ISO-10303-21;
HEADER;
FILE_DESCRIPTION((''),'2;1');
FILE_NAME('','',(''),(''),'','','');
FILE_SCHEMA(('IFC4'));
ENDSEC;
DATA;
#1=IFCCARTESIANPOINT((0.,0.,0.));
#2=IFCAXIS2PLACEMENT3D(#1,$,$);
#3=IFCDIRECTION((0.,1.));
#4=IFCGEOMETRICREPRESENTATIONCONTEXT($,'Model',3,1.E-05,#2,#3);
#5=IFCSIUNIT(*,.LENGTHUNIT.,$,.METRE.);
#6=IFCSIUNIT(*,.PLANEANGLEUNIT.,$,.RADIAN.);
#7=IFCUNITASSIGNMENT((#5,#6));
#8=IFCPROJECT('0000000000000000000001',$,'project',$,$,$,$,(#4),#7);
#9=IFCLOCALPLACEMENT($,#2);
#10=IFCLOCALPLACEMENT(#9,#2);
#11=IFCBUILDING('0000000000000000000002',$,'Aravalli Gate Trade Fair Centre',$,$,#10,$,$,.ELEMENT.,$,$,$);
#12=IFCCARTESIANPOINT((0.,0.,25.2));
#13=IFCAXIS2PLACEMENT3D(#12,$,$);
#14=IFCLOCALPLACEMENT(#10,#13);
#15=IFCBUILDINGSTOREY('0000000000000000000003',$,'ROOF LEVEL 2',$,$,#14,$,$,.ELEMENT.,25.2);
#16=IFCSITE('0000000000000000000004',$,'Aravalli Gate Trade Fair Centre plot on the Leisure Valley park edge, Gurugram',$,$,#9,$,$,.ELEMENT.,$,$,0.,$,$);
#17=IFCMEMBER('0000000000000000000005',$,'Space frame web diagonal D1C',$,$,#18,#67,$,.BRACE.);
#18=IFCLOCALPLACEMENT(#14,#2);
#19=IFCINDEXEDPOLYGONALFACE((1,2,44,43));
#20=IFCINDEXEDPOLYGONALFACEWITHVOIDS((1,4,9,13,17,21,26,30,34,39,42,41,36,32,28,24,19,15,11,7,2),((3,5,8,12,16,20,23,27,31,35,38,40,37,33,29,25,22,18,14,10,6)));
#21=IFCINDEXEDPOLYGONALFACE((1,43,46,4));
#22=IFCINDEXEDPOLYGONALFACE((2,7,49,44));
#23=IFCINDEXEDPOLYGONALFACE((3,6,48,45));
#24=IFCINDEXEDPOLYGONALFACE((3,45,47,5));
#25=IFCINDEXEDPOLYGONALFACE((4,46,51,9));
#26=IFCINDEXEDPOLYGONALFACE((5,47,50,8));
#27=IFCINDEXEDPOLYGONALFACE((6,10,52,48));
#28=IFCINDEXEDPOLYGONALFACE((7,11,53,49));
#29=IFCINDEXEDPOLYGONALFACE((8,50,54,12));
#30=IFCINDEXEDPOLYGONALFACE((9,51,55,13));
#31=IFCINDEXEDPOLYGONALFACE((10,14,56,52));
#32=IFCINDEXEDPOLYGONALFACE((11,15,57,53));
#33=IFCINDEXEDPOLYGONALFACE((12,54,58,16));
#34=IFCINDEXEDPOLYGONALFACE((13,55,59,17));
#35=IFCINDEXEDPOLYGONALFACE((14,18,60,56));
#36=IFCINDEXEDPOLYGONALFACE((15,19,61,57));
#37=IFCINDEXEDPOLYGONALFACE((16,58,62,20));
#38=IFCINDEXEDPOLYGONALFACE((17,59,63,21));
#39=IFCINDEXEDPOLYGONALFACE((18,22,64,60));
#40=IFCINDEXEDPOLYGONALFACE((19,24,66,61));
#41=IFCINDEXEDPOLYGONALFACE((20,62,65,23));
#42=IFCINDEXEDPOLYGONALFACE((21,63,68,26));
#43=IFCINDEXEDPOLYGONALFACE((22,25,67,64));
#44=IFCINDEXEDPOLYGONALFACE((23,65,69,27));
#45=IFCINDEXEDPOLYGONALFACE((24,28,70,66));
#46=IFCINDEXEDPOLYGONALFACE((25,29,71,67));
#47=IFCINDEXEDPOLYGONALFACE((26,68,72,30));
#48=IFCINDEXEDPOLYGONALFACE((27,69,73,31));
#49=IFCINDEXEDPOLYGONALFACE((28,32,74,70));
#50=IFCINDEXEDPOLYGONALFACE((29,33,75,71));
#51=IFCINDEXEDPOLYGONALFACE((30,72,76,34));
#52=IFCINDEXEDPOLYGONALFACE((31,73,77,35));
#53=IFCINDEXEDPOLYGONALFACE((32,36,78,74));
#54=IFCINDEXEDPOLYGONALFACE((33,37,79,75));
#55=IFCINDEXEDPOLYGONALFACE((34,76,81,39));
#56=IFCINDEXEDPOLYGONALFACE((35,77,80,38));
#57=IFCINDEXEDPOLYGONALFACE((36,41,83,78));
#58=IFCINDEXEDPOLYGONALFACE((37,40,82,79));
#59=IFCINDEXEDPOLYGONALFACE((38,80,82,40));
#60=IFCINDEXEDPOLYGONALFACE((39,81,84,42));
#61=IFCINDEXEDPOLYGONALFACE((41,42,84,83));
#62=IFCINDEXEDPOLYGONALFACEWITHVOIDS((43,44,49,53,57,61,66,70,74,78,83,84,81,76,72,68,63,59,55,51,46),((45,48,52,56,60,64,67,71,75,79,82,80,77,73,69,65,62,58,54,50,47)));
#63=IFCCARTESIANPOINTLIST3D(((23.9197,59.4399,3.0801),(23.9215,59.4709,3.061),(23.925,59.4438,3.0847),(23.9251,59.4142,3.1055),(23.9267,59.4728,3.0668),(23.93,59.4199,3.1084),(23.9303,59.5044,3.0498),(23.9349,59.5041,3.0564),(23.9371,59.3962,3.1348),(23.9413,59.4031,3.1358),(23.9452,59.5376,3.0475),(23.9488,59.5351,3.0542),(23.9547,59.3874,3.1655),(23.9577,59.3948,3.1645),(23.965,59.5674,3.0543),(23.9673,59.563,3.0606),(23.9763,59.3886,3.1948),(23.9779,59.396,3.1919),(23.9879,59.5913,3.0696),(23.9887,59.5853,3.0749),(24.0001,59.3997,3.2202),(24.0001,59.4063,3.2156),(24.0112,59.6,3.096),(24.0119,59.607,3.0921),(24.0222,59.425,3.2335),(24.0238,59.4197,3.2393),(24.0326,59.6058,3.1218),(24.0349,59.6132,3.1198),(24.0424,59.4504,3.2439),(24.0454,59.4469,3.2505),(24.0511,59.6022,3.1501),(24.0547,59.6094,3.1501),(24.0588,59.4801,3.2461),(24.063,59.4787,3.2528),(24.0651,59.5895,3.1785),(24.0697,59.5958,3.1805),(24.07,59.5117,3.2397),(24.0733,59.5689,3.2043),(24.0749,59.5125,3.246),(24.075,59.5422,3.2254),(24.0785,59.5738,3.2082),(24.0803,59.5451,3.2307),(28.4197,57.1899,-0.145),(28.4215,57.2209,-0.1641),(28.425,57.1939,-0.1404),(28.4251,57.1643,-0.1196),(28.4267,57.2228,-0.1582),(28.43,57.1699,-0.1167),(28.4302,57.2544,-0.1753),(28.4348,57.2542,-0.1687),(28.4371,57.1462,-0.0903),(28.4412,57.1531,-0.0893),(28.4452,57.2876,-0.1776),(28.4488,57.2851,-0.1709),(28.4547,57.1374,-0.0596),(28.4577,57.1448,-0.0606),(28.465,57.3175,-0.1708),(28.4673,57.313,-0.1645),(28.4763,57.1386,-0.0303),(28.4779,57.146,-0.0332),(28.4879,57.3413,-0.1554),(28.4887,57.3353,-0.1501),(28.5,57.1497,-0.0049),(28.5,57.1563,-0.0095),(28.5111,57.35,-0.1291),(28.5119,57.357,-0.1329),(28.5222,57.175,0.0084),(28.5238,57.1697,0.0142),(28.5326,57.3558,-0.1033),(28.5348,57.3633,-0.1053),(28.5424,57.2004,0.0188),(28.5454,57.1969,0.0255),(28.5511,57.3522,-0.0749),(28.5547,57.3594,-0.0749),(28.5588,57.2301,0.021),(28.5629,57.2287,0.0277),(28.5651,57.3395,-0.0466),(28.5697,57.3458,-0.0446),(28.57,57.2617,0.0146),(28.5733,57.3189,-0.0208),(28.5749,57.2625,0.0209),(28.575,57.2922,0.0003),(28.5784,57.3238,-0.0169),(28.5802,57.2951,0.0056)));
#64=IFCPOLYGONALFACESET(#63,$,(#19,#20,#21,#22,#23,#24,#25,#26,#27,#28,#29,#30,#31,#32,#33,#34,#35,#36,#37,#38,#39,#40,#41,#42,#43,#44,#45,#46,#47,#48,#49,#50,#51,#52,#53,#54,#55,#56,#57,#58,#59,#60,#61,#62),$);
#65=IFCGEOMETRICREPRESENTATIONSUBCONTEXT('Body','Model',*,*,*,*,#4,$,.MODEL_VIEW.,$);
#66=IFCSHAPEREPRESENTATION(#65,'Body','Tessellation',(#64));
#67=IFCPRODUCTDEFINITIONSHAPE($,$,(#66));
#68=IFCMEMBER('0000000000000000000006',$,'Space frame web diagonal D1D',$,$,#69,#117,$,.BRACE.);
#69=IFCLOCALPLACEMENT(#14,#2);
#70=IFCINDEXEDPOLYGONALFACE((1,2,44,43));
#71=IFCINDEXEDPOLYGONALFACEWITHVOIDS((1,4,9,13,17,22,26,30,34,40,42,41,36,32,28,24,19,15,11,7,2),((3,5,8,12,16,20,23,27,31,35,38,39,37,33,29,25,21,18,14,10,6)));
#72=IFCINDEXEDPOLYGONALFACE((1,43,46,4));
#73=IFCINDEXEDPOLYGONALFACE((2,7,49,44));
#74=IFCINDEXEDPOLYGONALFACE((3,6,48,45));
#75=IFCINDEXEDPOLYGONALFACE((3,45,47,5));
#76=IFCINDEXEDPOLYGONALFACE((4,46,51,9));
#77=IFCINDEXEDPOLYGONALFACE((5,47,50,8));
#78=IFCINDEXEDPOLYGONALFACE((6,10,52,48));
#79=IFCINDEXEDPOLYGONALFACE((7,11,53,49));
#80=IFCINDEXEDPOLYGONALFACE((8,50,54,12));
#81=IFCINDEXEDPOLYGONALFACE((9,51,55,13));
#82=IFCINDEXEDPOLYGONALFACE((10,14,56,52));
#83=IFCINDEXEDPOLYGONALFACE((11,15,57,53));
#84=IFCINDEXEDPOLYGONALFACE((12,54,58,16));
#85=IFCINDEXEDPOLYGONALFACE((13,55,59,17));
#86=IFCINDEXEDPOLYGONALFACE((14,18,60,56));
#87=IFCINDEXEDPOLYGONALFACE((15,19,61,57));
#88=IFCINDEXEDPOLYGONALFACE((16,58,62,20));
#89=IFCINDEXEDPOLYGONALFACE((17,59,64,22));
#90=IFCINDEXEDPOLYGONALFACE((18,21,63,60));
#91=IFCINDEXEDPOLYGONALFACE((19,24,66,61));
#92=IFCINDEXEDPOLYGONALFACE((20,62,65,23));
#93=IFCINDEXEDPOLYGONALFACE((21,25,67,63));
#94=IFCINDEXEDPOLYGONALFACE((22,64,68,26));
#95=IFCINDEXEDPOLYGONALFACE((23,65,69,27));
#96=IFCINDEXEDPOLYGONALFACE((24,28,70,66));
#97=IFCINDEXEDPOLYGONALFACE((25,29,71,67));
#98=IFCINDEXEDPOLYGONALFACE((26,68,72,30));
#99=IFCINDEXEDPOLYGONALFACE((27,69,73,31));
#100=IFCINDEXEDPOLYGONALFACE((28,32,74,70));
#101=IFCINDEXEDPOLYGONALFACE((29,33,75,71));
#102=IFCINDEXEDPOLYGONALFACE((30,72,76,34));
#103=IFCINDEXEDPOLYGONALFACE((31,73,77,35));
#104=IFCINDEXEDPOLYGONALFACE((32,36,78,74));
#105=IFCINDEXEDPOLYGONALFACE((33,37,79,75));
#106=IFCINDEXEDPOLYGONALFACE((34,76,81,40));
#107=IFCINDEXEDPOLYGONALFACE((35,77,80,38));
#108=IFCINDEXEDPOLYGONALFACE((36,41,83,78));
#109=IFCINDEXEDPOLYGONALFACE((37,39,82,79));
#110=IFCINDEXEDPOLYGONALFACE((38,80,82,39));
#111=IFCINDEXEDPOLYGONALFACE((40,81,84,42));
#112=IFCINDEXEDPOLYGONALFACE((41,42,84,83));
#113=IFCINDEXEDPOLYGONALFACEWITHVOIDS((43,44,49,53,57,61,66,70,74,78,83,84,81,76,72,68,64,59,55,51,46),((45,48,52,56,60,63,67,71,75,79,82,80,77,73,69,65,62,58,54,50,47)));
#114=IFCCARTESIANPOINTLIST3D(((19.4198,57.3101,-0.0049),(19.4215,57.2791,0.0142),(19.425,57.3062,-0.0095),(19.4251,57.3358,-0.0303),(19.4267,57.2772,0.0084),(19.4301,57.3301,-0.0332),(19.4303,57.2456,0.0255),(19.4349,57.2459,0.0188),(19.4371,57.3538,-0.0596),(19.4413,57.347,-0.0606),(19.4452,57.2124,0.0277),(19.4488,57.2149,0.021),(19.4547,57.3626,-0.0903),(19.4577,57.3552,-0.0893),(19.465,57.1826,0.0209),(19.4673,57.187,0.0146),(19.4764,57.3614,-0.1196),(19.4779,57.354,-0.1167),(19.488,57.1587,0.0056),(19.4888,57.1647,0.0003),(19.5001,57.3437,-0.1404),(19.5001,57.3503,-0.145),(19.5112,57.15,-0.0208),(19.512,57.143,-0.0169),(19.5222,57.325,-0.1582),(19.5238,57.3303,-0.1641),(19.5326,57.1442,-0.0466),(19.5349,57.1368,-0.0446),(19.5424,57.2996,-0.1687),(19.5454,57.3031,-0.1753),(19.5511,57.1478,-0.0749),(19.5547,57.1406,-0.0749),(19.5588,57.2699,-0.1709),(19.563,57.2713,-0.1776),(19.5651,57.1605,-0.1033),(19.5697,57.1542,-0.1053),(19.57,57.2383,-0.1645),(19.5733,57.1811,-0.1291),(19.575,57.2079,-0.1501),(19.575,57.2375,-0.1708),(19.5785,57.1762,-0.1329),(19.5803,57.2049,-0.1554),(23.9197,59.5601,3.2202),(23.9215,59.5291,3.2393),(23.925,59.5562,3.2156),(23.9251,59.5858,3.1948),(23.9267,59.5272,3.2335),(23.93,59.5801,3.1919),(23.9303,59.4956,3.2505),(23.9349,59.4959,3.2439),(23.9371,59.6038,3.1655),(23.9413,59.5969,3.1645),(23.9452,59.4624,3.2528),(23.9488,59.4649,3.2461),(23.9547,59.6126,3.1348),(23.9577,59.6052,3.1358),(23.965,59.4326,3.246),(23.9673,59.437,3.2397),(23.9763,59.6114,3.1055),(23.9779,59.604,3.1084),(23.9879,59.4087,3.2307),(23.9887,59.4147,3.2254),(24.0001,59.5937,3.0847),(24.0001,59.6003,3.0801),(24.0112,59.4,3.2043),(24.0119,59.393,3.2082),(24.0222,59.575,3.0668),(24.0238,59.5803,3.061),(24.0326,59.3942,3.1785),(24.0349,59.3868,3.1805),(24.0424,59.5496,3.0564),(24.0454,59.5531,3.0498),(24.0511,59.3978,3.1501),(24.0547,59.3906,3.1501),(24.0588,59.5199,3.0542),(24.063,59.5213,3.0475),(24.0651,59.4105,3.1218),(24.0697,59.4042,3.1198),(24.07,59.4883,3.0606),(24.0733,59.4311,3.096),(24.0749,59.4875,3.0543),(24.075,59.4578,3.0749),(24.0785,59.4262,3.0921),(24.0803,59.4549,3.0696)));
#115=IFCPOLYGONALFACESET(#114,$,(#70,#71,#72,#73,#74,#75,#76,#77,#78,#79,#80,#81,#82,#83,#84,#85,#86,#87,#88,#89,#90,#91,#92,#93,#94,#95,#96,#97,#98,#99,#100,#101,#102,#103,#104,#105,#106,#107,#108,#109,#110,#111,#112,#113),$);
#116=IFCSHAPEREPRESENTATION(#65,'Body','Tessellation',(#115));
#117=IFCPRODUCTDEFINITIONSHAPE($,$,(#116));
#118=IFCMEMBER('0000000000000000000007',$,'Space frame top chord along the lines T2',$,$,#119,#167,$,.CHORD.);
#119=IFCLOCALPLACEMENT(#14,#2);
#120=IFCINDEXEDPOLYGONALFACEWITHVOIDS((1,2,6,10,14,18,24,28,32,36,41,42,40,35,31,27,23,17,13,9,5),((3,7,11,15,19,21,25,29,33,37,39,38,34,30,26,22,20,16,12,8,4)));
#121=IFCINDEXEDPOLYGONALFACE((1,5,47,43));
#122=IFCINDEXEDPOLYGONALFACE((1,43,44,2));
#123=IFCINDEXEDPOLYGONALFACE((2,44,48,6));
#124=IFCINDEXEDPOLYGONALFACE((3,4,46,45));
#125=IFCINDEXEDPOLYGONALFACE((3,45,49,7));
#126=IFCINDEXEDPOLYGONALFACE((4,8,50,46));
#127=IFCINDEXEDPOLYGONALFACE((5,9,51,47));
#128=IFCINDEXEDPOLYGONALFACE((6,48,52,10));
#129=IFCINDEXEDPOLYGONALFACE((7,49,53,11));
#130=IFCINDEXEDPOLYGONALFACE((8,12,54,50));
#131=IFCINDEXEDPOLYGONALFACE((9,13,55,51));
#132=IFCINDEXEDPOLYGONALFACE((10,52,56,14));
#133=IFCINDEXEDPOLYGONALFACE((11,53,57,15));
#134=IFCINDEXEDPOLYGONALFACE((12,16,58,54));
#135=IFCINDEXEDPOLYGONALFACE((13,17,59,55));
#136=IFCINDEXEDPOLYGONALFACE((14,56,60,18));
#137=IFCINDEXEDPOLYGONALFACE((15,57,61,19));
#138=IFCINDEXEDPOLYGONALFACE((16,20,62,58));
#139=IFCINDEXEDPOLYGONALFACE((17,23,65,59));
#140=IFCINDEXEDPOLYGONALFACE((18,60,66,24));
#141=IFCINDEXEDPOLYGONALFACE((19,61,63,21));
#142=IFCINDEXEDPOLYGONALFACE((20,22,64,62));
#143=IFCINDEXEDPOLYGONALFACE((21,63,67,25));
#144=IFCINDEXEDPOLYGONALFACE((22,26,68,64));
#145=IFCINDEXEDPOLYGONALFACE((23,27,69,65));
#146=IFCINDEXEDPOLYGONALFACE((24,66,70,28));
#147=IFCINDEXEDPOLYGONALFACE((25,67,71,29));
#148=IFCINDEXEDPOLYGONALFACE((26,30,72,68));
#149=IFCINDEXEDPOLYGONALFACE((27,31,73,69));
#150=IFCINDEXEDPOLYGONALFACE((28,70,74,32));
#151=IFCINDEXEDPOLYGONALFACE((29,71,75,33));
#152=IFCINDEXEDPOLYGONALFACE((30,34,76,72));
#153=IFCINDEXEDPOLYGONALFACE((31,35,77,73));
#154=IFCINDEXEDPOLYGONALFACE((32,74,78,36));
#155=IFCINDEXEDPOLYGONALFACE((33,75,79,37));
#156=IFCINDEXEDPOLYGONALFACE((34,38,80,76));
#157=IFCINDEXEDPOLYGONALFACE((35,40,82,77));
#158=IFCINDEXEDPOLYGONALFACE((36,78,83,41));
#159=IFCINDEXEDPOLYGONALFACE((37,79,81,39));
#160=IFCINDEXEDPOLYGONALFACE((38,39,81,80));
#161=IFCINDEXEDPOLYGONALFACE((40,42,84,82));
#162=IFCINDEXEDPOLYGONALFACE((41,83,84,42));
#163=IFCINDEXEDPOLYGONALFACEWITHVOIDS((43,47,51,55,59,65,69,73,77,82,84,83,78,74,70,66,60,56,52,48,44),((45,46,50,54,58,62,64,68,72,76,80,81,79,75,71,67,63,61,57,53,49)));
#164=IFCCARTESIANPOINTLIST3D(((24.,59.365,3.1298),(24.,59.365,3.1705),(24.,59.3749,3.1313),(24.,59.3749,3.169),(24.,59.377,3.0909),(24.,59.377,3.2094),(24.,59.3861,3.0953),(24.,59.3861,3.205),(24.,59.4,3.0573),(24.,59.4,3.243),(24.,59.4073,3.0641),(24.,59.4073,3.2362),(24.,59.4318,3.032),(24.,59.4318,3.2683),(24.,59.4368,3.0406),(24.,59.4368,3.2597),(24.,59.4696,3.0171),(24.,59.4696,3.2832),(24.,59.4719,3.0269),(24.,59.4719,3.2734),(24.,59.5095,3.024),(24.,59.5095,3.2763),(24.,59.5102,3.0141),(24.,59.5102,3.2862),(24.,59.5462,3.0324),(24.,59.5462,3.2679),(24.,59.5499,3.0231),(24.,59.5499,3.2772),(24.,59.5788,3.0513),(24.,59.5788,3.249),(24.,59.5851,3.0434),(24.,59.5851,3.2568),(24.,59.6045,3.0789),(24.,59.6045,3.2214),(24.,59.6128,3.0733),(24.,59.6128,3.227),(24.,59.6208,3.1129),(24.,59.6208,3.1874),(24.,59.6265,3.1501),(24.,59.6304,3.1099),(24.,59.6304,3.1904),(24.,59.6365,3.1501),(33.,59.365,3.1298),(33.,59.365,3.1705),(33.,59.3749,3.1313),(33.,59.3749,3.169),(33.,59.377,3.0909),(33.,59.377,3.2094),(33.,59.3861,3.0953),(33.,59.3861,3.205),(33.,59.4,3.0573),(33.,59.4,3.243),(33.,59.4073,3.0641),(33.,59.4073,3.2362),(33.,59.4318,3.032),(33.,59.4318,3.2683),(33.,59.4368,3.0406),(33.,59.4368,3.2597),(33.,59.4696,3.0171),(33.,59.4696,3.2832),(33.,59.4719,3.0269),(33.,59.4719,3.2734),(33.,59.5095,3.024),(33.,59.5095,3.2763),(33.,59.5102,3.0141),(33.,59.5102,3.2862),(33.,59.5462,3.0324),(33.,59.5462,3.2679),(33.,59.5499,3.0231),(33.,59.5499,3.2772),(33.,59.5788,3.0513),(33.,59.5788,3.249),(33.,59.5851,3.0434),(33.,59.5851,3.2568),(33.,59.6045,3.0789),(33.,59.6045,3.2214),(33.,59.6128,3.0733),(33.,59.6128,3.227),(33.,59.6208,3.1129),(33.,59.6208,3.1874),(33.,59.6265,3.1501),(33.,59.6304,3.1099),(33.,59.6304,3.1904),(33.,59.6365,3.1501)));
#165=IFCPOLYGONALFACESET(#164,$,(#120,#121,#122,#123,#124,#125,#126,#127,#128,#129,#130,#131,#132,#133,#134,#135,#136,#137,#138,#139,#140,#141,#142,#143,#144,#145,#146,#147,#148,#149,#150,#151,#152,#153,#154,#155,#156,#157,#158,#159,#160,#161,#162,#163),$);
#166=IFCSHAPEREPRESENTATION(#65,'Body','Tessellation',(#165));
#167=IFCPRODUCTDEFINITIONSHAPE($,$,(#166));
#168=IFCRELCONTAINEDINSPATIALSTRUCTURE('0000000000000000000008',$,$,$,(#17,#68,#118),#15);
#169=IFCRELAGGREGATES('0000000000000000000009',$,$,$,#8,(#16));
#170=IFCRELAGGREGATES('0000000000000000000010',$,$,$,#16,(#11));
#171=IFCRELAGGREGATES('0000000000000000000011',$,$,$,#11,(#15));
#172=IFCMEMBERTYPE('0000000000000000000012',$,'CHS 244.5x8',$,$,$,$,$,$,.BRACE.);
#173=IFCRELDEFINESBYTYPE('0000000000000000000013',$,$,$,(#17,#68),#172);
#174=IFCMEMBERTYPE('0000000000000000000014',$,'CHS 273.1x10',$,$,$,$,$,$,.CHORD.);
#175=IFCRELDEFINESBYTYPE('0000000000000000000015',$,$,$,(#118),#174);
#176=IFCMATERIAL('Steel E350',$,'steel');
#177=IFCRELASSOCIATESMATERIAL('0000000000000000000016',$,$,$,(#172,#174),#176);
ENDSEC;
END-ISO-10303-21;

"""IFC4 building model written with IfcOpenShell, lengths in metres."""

from ifc_helpers import new_model, si_unit, direction, frame, origin, origin_2d, place, context, subcontext, project, spatial, hollow_circle, extrude, material, material_profile, profile_set, type_object, element, save


model = new_model("IFC4")

# Units and contexts
model_context = context("Model", 3, precision=1e-05, world=origin(), true_north=direction((0.0, 1.0)))
body_context = subcontext(model_context, "Body", "Model", "MODEL_VIEW")
ifc_project = project(units=[si_unit("LENGTHUNIT", "METRE"), si_unit("PLANEANGLEUNIT", "RADIAN")], contexts=[model_context])

# Site, building, storey
site_placement = place(None, origin())
site = spatial("IfcSite", under=ifc_project, at=site_placement, Name="Aravalli Gate Trade Fair Centre plot on the Leisure Valley park edge, Gurugram", CompositionType="ELEMENT", RefElevation=0.0)
building_placement = place(site_placement, origin())
building = spatial("IfcBuilding", under=site, at=building_placement, Name="Aravalli Gate Trade Fair Centre", CompositionType="ELEMENT")
storey_placement = place(building_placement, frame((0.0, 0.0, 25.2)))
storey = spatial("IfcBuildingStorey", under=building, at=storey_placement, Name="ROOF LEVEL 2", CompositionType="ELEMENT", Elevation=25.2)

# Members
ifc_material_1 = material(Name="Steel E350", Category="steel")
ifc_material_profile_1 = material_profile(ifc_material_1, hollow_circle(Radius=0.1223, WallThickness=0.0081, at=origin_2d()), Name="CHS 244.5x8")
ifc_profile_set_1 = profile_set([ifc_material_profile_1], Name="Steel E350")
member_type_1 = type_object("IfcMemberType", Name="CHS 244.5x8", PredefinedType="BRACE", material=ifc_profile_set_1)
for number, where, z_axis, x_axis, name in (
    (1, (24.0, 59.5, 3.1501), (0.753, -0.3765, -0.539666), (0.447214, 0.894427, 0.0), "Space frame web diagonal D1C"),
    (2, (24.0, 59.5, 3.1501), (-0.753, -0.3765, -0.539666), (0.447214, -0.894427, 0.0), "Space frame web diagonal D1D"),
):
    element("IfcMember", number, at=place(storey_placement, frame(where, z_axis=z_axis, x_axis=x_axis)), inside=storey, type_object=member_type_1, Name=name, PredefinedType="BRACE", context=body_context, shape_type="SweptSolid", body=[
        extrude(hollow_circle(Radius=0.1223, WallThickness=0.0081, at=origin_2d()), origin(), (0.0, 0.0, 1.0), 5.9761),
    ])
ifc_material_profile_2 = material_profile(ifc_material_1, hollow_circle(Radius=0.1365, WallThickness=0.01, at=origin_2d()), Name="CHS 273.1x10")
ifc_profile_set_2 = profile_set([ifc_material_profile_2], Name="Steel E350")
member_type_2 = type_object("IfcMemberType", Name="CHS 273.1x10", PredefinedType="CHORD", material=ifc_profile_set_2)
for number, where, z_axis, x_axis, name in (
    (3, (24.0, 59.5, 3.1501), (1.0, 0.0, 0.0), (0.0, 1.0, 0.0), "Space frame top chord along the lines T2"),
):
    element("IfcMember", number, at=place(storey_placement, frame(where, z_axis=z_axis, x_axis=x_axis)), inside=storey, type_object=member_type_2, Name=name, PredefinedType="CHORD", context=body_context, shape_type="SweptSolid", body=[
        extrude(hollow_circle(Radius=0.1365, WallThickness=0.01, at=origin_2d()), origin(), (0.0, 0.0, 1.0), 9.0),
    ])

save(model, "model.ifc")
